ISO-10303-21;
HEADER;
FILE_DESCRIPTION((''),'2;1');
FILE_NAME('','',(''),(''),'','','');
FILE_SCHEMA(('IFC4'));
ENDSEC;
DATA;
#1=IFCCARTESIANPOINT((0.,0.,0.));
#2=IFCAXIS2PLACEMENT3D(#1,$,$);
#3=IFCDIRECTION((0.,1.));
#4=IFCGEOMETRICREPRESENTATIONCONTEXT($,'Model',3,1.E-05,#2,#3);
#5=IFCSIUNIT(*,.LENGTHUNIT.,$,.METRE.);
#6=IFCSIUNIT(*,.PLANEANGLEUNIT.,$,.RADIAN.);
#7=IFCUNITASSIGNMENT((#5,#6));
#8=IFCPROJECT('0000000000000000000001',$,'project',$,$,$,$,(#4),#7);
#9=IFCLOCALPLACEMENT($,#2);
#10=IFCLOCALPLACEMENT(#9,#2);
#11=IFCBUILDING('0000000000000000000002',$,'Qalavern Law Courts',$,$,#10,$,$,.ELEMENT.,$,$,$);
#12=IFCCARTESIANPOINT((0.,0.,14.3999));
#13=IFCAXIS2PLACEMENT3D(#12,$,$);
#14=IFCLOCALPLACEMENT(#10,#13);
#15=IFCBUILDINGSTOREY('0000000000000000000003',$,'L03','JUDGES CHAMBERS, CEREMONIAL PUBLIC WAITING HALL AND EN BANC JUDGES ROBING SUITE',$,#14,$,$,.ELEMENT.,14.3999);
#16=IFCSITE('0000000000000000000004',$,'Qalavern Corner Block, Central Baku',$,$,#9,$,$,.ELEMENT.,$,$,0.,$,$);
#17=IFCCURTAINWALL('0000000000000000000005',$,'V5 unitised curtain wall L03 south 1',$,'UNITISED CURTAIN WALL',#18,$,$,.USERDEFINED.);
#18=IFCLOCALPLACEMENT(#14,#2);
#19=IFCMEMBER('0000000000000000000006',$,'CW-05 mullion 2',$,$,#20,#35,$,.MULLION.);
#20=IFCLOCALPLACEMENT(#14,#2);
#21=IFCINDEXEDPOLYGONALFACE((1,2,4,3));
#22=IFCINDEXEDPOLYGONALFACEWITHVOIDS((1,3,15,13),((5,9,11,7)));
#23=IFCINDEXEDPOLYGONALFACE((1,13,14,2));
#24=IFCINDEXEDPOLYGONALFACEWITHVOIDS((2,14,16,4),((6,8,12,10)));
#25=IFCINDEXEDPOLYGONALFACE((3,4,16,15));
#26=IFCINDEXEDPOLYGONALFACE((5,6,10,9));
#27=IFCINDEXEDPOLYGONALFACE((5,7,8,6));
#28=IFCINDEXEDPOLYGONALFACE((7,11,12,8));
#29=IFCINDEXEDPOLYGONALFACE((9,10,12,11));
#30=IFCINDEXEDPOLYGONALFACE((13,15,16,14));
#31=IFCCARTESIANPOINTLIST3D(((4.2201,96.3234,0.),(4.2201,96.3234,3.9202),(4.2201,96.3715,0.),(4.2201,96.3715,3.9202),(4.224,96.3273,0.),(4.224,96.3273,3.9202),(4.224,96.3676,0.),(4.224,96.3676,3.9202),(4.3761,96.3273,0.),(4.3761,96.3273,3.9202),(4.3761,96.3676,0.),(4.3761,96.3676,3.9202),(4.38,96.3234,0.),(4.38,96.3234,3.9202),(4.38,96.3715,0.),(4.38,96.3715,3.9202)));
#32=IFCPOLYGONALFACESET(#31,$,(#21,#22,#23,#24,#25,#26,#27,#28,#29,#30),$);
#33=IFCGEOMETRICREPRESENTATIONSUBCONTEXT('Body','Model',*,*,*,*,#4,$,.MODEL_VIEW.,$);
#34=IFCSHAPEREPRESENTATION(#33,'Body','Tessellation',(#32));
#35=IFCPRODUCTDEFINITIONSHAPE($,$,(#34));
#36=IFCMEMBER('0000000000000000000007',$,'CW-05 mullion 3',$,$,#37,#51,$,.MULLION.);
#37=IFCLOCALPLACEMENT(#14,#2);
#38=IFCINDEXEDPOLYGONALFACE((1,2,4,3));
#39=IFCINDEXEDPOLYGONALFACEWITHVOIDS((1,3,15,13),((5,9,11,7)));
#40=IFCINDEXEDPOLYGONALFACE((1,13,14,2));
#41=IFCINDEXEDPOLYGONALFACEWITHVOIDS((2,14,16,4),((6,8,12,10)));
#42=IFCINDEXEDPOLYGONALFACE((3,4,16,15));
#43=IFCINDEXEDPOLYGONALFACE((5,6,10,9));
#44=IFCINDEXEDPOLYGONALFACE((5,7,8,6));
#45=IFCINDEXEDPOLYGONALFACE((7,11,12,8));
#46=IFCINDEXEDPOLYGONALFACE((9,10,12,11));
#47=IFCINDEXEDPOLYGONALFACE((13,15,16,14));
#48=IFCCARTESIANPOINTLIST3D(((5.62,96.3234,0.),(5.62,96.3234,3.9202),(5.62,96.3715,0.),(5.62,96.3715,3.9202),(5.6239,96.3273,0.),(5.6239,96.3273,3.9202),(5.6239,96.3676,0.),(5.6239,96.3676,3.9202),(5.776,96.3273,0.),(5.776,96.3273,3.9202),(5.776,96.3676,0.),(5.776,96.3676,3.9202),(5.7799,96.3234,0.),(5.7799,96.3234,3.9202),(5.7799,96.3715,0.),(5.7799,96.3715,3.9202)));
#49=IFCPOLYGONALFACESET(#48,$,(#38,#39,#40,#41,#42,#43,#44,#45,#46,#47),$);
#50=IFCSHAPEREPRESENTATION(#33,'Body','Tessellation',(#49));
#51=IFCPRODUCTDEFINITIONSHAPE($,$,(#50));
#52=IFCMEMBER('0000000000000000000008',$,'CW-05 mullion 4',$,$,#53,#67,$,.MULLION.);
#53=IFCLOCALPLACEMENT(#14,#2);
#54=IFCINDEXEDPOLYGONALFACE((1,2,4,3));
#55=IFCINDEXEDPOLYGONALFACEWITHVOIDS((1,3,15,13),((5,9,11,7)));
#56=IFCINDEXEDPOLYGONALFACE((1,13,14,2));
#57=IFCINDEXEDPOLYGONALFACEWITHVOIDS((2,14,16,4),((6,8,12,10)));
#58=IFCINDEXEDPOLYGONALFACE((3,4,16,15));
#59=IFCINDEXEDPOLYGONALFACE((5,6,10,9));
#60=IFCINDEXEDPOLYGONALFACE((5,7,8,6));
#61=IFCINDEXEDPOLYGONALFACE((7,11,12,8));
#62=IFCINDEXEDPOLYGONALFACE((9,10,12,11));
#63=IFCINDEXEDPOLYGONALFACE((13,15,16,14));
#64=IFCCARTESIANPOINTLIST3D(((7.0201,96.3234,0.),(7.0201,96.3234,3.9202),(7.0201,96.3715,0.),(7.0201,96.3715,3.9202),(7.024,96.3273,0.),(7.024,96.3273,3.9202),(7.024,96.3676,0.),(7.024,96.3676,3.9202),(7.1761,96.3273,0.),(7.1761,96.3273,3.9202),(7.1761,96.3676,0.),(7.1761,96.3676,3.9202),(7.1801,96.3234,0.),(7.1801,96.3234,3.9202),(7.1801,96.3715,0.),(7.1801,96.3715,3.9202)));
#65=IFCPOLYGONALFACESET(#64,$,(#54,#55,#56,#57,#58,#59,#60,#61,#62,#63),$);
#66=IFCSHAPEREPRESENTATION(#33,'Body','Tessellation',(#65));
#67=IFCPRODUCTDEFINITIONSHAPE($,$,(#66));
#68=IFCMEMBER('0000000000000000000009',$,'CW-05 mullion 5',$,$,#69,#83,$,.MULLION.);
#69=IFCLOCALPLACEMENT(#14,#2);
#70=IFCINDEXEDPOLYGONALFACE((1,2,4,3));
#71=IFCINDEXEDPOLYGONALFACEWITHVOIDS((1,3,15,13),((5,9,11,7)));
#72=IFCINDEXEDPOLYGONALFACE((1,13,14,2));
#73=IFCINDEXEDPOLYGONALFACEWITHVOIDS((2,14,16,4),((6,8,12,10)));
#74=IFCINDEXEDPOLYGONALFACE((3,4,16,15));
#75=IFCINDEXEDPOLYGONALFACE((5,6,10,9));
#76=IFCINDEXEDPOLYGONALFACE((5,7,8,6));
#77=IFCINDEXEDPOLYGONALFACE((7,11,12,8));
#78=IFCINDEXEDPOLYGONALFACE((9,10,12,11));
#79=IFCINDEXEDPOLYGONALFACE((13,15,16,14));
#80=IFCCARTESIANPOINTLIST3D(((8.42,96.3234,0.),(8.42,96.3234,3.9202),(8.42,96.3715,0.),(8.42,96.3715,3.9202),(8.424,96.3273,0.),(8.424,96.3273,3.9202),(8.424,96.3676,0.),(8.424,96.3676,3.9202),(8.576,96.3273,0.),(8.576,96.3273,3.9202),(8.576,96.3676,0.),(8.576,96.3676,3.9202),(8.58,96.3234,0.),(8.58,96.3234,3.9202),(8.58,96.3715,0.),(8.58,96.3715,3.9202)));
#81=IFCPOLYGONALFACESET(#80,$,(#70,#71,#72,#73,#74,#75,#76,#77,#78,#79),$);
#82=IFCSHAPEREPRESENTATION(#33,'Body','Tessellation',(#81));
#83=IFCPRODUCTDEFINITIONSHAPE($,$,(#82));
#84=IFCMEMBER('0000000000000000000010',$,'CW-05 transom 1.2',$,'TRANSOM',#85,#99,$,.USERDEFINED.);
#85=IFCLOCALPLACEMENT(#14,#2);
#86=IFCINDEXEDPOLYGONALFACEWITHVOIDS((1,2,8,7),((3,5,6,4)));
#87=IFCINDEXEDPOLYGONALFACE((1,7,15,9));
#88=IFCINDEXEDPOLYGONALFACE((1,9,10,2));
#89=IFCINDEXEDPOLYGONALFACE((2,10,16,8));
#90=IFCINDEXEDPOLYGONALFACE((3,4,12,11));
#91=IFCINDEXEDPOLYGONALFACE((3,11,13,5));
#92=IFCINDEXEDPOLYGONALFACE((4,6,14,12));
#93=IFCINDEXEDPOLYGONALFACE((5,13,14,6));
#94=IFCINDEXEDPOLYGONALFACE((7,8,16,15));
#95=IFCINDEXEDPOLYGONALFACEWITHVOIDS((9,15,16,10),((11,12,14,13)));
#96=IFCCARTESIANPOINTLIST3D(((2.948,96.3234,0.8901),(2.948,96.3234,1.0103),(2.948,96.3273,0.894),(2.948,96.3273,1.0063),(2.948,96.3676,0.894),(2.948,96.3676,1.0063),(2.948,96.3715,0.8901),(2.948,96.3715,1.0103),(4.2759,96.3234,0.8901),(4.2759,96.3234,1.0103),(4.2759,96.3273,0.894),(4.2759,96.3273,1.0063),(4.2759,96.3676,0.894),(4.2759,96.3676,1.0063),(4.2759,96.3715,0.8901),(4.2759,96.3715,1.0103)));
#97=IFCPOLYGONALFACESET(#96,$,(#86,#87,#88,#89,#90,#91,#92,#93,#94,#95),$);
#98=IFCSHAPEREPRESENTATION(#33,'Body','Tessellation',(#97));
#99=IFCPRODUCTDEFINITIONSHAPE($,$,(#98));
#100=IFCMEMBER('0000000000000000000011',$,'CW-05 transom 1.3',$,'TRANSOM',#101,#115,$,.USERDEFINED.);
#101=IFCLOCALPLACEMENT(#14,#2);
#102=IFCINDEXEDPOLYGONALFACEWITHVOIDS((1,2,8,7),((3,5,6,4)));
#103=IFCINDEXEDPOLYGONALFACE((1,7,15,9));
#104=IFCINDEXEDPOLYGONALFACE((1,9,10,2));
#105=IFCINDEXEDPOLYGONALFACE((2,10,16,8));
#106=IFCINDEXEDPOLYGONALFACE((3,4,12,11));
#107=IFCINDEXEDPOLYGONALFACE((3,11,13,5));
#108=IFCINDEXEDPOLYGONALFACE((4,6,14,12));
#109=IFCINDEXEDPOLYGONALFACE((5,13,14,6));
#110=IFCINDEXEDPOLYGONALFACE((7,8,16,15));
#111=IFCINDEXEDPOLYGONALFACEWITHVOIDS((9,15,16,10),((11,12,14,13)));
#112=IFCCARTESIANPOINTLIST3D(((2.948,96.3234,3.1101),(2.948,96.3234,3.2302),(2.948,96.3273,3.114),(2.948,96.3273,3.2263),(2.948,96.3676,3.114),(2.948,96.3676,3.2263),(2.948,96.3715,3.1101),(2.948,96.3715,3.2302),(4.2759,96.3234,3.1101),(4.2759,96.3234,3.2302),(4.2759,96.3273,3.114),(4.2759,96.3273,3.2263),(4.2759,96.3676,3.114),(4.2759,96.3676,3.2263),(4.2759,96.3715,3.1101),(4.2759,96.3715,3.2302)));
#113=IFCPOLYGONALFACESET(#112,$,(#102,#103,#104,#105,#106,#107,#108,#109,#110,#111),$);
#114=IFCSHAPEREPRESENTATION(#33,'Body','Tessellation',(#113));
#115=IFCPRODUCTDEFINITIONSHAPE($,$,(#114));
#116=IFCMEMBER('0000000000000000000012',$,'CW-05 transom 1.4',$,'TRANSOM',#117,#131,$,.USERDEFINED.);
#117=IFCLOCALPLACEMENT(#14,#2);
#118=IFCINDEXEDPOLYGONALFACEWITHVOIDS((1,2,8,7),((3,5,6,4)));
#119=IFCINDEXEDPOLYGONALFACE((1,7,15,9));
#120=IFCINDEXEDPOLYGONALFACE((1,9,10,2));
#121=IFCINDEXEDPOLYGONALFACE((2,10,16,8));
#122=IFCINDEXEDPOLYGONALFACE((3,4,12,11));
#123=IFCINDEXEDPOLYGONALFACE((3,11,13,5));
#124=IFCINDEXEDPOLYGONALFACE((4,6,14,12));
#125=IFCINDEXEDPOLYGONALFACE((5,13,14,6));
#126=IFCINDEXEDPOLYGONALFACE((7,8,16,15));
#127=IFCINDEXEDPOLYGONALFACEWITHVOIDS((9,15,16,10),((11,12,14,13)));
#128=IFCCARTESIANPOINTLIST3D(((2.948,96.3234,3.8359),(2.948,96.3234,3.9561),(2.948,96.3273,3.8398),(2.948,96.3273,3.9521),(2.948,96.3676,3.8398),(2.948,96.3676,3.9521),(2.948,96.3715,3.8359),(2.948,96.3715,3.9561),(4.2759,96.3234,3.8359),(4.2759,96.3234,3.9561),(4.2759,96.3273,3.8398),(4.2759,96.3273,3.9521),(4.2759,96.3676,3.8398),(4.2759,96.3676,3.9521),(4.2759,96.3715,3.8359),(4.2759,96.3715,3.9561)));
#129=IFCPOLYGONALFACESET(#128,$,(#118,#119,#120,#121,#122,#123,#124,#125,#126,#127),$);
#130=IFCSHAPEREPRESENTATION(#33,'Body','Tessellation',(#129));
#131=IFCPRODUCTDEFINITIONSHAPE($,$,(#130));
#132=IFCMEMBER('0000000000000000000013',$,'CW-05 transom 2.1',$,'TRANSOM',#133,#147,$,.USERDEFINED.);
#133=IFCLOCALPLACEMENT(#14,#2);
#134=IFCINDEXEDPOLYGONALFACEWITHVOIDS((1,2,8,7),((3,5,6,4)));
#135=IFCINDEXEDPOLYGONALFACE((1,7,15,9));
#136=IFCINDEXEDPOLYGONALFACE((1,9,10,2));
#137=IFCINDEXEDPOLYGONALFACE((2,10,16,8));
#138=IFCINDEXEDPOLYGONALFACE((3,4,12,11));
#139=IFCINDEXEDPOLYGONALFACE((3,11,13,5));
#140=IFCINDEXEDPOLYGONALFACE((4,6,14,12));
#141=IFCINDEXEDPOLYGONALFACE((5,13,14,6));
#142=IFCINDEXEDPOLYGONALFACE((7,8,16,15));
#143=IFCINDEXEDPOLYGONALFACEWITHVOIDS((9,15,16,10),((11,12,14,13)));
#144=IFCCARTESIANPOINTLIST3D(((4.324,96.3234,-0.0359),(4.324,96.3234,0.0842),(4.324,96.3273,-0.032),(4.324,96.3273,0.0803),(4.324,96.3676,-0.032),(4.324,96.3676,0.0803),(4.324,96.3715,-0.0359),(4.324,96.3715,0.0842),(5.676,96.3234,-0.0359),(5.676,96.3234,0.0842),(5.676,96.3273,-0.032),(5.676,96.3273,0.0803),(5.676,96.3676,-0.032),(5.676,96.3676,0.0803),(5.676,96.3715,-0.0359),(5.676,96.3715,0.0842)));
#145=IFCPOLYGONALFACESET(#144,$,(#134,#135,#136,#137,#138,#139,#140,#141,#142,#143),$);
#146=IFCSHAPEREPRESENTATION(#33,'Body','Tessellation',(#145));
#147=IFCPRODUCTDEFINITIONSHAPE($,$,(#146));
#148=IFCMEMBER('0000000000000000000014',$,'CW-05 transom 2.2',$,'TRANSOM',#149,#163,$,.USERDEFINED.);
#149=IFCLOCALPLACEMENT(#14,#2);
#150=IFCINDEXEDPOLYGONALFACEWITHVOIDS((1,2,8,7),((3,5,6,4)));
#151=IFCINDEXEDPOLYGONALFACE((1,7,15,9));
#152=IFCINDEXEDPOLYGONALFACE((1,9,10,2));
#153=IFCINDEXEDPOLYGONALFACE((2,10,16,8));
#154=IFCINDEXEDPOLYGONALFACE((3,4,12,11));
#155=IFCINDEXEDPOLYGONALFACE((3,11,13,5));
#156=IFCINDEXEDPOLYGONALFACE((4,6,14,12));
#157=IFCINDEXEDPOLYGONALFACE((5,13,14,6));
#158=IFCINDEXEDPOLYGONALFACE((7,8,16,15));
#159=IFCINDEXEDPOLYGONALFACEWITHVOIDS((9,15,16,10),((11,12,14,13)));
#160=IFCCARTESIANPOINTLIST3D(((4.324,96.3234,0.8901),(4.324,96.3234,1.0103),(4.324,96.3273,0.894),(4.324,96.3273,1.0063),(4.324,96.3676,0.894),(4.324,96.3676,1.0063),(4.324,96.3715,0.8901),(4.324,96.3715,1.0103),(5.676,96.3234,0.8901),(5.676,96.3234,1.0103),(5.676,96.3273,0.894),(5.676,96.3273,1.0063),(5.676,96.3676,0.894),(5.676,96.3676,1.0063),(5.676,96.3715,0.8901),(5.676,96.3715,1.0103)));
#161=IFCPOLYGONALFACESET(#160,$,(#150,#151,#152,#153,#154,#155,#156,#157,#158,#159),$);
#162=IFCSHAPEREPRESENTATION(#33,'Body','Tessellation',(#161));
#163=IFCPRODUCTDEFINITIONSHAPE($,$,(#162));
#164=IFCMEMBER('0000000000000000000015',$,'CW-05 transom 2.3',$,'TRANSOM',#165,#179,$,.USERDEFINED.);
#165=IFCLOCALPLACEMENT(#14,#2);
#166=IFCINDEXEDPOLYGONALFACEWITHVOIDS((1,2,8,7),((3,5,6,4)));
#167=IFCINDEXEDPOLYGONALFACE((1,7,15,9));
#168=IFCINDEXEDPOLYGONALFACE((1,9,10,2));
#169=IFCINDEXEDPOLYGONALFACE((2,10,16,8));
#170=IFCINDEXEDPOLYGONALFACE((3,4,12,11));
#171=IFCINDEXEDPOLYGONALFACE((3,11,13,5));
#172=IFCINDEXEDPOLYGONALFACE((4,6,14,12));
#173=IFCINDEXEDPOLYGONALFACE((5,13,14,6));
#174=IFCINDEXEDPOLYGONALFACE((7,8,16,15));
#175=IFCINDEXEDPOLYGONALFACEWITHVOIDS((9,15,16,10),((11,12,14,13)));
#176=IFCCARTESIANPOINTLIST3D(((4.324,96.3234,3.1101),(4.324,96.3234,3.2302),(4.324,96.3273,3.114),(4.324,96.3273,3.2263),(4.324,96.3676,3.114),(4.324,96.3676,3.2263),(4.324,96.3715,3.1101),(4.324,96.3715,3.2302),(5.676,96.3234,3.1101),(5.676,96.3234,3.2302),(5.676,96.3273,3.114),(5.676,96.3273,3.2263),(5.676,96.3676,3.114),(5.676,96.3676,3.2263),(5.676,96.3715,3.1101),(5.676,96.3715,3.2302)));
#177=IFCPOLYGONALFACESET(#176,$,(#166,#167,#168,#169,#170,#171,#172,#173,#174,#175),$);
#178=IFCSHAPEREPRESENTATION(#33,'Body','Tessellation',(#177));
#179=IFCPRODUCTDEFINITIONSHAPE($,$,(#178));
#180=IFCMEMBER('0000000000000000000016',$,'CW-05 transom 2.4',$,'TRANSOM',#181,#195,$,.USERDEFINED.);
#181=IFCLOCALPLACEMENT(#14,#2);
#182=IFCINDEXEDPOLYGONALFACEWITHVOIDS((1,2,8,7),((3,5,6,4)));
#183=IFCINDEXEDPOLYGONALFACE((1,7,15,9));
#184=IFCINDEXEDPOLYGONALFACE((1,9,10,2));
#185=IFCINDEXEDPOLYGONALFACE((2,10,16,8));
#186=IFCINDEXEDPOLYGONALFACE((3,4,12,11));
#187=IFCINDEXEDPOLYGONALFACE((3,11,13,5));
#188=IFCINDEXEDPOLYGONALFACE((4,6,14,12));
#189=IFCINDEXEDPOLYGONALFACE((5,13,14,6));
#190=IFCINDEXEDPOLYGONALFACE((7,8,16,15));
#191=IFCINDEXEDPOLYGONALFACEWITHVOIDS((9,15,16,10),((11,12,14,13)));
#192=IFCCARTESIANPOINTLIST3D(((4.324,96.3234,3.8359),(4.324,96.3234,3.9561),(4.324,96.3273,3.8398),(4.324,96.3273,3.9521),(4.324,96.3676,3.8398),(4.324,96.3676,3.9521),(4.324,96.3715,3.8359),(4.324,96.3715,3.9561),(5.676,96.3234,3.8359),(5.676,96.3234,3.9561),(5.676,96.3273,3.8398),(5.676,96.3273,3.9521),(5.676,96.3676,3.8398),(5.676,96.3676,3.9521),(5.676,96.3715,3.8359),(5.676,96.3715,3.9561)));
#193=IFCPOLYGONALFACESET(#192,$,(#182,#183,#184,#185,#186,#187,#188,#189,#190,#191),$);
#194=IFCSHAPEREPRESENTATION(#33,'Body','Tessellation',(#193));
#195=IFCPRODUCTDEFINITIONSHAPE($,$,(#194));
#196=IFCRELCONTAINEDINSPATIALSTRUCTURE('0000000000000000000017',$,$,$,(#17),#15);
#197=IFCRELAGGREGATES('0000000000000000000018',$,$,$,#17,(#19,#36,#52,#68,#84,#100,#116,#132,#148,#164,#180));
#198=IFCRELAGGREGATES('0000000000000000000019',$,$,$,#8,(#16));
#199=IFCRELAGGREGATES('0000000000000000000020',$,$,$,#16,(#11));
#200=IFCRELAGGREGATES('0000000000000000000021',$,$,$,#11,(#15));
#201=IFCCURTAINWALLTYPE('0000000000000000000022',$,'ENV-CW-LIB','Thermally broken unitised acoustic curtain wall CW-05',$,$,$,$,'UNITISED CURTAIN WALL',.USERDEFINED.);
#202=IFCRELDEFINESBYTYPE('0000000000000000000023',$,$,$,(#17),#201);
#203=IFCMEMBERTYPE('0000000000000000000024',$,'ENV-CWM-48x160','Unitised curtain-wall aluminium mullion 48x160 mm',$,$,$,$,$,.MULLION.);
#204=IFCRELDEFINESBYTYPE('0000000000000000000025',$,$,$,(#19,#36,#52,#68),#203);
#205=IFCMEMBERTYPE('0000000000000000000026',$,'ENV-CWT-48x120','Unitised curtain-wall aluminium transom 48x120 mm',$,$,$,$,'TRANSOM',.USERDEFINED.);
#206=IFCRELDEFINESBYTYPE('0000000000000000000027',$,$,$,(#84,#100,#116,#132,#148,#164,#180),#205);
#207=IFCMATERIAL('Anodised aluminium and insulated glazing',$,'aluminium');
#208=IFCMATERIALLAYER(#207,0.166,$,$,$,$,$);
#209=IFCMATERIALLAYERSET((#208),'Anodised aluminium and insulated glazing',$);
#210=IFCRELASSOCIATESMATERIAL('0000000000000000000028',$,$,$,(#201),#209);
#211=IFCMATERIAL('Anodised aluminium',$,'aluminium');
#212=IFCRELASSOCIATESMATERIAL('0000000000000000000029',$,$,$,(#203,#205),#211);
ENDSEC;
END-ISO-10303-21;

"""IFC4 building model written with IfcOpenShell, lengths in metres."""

from ifc_helpers import new_model, si_unit, direction, frame, origin, origin_2d, place, context, subcontext, project, spatial, hollow_rectangle, extrude, material, layer, layer_set, material_profile, profile_set, type_object, element, aggregate, save


model = new_model("IFC4")

# Units and contexts
model_context = context("Model", 3, precision=1e-05, world=origin(), true_north=direction((0.0, 1.0)))
body_context = subcontext(model_context, "Body", "Model", "MODEL_VIEW")
ifc_project = project(units=[si_unit("LENGTHUNIT", "METRE"), si_unit("PLANEANGLEUNIT", "RADIAN")], contexts=[model_context])

# Site, building, storey
site_placement = place(None, origin())
site = spatial("IfcSite", under=ifc_project, at=site_placement, Name="Qalavern Corner Block, Central Baku", CompositionType="ELEMENT", RefElevation=0.0)
building_placement = place(site_placement, origin())
building = spatial("IfcBuilding", under=site, at=building_placement, Name="Qalavern Law Courts", CompositionType="ELEMENT")
storey_placement = place(building_placement, frame((0.0, 0.0, 14.3999)))
storey = spatial("IfcBuildingStorey", under=building, at=storey_placement, Name="L03", Description="JUDGES CHAMBERS, CEREMONIAL PUBLIC WAITING HALL AND EN BANC JUDGES ROBING SUITE", CompositionType="ELEMENT", Elevation=14.3999)

# Curtain wall, members
ifc_material_1 = material(Name="Anodised aluminium and insulated glazing", Category="aluminium")
ifc_layer_1 = layer(ifc_material_1, 0.166)
ifc_layer_set_1 = layer_set([ifc_layer_1], Name="Anodised aluminium and insulated glazing")
curtain_wall_type = type_object("IfcCurtainWallType", Name="ENV-CW-LIB", Description="Thermally broken unitised acoustic curtain wall CW-05", ElementType="UNITISED CURTAIN WALL", PredefinedType="USERDEFINED", material=ifc_layer_set_1)
curtain_wall_placement = place(storey_placement, origin())
curtain_wall = element("IfcCurtainWall", 1, at=curtain_wall_placement, inside=storey, type_object=curtain_wall_type, Name="V5 unitised curtain wall L03 south 1", ObjectType="UNITISED CURTAIN WALL", PredefinedType="USERDEFINED")
ifc_material_2 = material(Name="Anodised aluminium", Category="aluminium")
ifc_material_profile_1 = material_profile(ifc_material_2, hollow_rectangle(XDim=0.0481, YDim=0.1599, WallThickness=0.0039, at=origin_2d()), Name="ALU MULLION 48x160")
ifc_profile_set_1 = profile_set([ifc_material_profile_1], Name="Anodised aluminium")
member_type_1 = type_object("IfcMemberType", Name="ENV-CWM-48x160", Description="Unitised curtain-wall aluminium mullion 48x160 mm", PredefinedType="MULLION", material=ifc_profile_set_1)
member_1_placement = place(storey_placement, frame((4.3, 96.3474, 0.0), z_axis=(0.0, 0.0, 1.0), x_axis=(0.0, 1.0, 0.0)))
member_1 = element("IfcMember", 2, at=member_1_placement, type_object=member_type_1, Name="CW-05 mullion 2", PredefinedType="MULLION", context=body_context, shape_type="SweptSolid", body=[
    extrude(hollow_rectangle(XDim=0.0481, YDim=0.1599, WallThickness=0.0039, at=origin_2d()), origin(), (0.0, 0.0, 1.0), 3.9202),
])
member_2_placement = place(storey_placement, frame((5.7, 96.3474, 0.0), z_axis=(0.0, 0.0, 1.0), x_axis=(0.0, 1.0, 0.0)))
member_2 = element("IfcMember", 3, at=member_2_placement, type_object=member_type_1, Name="CW-05 mullion 3", PredefinedType="MULLION", context=body_context, shape_type="SweptSolid", body=[
    extrude(hollow_rectangle(XDim=0.0481, YDim=0.1599, WallThickness=0.0039, at=origin_2d()), origin(), (0.0, 0.0, 1.0), 3.9202),
])
member_3_placement = place(storey_placement, frame((7.1001, 96.3474, 0.0), z_axis=(0.0, 0.0, 1.0), x_axis=(0.0, 1.0, 0.0)))
member_3 = element("IfcMember", 4, at=member_3_placement, type_object=member_type_1, Name="CW-05 mullion 4", PredefinedType="MULLION", context=body_context, shape_type="SweptSolid", body=[
    extrude(hollow_rectangle(XDim=0.0481, YDim=0.1599, WallThickness=0.0039, at=origin_2d()), origin(), (0.0, 0.0, 1.0), 3.9202),
])
member_4_placement = place(storey_placement, frame((8.5, 96.3474, 0.0), z_axis=(0.0, 0.0, 1.0), x_axis=(0.0, 1.0, 0.0)))
member_4 = element("IfcMember", 5, at=member_4_placement, type_object=member_type_1, Name="CW-05 mullion 5", PredefinedType="MULLION", context=body_context, shape_type="SweptSolid", body=[
    extrude(hollow_rectangle(XDim=0.0481, YDim=0.1599, WallThickness=0.0039, at=origin_2d()), origin(), (0.0, 0.0, 1.0), 3.9202),
])
ifc_material_profile_2 = material_profile(ifc_material_2, hollow_rectangle(XDim=0.0481, YDim=0.1201, WallThickness=0.0039, at=origin_2d()), Name="ALU TRANSOM 48x120")
ifc_profile_set_2 = profile_set([ifc_material_profile_2], Name="Anodised aluminium")
member_type_2 = type_object("IfcMemberType", Name="ENV-CWT-48x120", Description="Unitised curtain-wall aluminium transom 48x120 mm", ElementType="TRANSOM", PredefinedType="USERDEFINED", material=ifc_profile_set_2)
member_5_placement = place(storey_placement, frame((2.948, 96.3474, 0.9502), z_axis=(1.0, 0.0, 0.0), x_axis=(0.0, 1.0, 0.0)))
member_5 = element("IfcMember", 6, at=member_5_placement, type_object=member_type_2, Name="CW-05 transom 1.2", ObjectType="TRANSOM", PredefinedType="USERDEFINED", context=body_context, shape_type="SweptSolid", body=[
    extrude(hollow_rectangle(XDim=0.0481, YDim=0.1201, WallThickness=0.0039, at=origin_2d()), origin(), (0.0, 0.0, 1.0), 1.3279),
])
member_6_placement = place(storey_placement, frame((2.948, 96.3474, 3.1702), z_axis=(1.0, 0.0, 0.0), x_axis=(0.0, 1.0, 0.0)))
member_6 = element("IfcMember", 7, at=member_6_placement, type_object=member_type_2, Name="CW-05 transom 1.3", ObjectType="TRANSOM", PredefinedType="USERDEFINED", context=body_context, shape_type="SweptSolid", body=[
    extrude(hollow_rectangle(XDim=0.0481, YDim=0.1201, WallThickness=0.0039, at=origin_2d()), origin(), (0.0, 0.0, 1.0), 1.3279),
])
member_7_placement = place(storey_placement, frame((2.948, 96.3474, 3.896), z_axis=(1.0, 0.0, 0.0), x_axis=(0.0, 1.0, 0.0)))
member_7 = element("IfcMember", 8, at=member_7_placement, type_object=member_type_2, Name="CW-05 transom 1.4", ObjectType="TRANSOM", PredefinedType="USERDEFINED", context=body_context, shape_type="SweptSolid", body=[
    extrude(hollow_rectangle(XDim=0.0481, YDim=0.1201, WallThickness=0.0039, at=origin_2d()), origin(), (0.0, 0.0, 1.0), 1.3279),
])
member_8_placement = place(storey_placement, frame((4.324, 96.3474, 0.0242), z_axis=(1.0, 0.0, 0.0), x_axis=(0.0, 1.0, 0.0)))
member_8 = element("IfcMember", 9, at=member_8_placement, type_object=member_type_2, Name="CW-05 transom 2.1", ObjectType="TRANSOM", PredefinedType="USERDEFINED", context=body_context, shape_type="SweptSolid", body=[
    extrude(hollow_rectangle(XDim=0.0481, YDim=0.1201, WallThickness=0.0039, at=origin_2d()), origin(), (0.0, 0.0, 1.0), 1.3521),
])
member_9_placement = place(storey_placement, frame((4.324, 96.3474, 0.9502), z_axis=(1.0, 0.0, 0.0), x_axis=(0.0, 1.0, 0.0)))
member_9 = element("IfcMember", 10, at=member_9_placement, type_object=member_type_2, Name="CW-05 transom 2.2", ObjectType="TRANSOM", PredefinedType="USERDEFINED", context=body_context, shape_type="SweptSolid", body=[
    extrude(hollow_rectangle(XDim=0.0481, YDim=0.1201, WallThickness=0.0039, at=origin_2d()), origin(), (0.0, 0.0, 1.0), 1.3521),
])
member_10_placement = place(storey_placement, frame((4.324, 96.3474, 3.1702), z_axis=(1.0, 0.0, 0.0), x_axis=(0.0, 1.0, 0.0)))
member_10 = element("IfcMember", 11, at=member_10_placement, type_object=member_type_2, Name="CW-05 transom 2.3", ObjectType="TRANSOM", PredefinedType="USERDEFINED", context=body_context, shape_type="SweptSolid", body=[
    extrude(hollow_rectangle(XDim=0.0481, YDim=0.1201, WallThickness=0.0039, at=origin_2d()), origin(), (0.0, 0.0, 1.0), 1.3521),
])
member_11_placement = place(storey_placement, frame((4.324, 96.3474, 3.896), z_axis=(1.0, 0.0, 0.0), x_axis=(0.0, 1.0, 0.0)))
member_11 = element("IfcMember", 12, at=member_11_placement, type_object=member_type_2, Name="CW-05 transom 2.4", ObjectType="TRANSOM", PredefinedType="USERDEFINED", context=body_context, shape_type="SweptSolid", body=[
    extrude(hollow_rectangle(XDim=0.0481, YDim=0.1201, WallThickness=0.0039, at=origin_2d()), origin(), (0.0, 0.0, 1.0), 1.3521),
])
aggregate(curtain_wall, [member_1, member_2, member_3, member_4, member_5, member_6, member_7, member_8, member_9, member_10, member_11])

save(model, "model.ifc")
